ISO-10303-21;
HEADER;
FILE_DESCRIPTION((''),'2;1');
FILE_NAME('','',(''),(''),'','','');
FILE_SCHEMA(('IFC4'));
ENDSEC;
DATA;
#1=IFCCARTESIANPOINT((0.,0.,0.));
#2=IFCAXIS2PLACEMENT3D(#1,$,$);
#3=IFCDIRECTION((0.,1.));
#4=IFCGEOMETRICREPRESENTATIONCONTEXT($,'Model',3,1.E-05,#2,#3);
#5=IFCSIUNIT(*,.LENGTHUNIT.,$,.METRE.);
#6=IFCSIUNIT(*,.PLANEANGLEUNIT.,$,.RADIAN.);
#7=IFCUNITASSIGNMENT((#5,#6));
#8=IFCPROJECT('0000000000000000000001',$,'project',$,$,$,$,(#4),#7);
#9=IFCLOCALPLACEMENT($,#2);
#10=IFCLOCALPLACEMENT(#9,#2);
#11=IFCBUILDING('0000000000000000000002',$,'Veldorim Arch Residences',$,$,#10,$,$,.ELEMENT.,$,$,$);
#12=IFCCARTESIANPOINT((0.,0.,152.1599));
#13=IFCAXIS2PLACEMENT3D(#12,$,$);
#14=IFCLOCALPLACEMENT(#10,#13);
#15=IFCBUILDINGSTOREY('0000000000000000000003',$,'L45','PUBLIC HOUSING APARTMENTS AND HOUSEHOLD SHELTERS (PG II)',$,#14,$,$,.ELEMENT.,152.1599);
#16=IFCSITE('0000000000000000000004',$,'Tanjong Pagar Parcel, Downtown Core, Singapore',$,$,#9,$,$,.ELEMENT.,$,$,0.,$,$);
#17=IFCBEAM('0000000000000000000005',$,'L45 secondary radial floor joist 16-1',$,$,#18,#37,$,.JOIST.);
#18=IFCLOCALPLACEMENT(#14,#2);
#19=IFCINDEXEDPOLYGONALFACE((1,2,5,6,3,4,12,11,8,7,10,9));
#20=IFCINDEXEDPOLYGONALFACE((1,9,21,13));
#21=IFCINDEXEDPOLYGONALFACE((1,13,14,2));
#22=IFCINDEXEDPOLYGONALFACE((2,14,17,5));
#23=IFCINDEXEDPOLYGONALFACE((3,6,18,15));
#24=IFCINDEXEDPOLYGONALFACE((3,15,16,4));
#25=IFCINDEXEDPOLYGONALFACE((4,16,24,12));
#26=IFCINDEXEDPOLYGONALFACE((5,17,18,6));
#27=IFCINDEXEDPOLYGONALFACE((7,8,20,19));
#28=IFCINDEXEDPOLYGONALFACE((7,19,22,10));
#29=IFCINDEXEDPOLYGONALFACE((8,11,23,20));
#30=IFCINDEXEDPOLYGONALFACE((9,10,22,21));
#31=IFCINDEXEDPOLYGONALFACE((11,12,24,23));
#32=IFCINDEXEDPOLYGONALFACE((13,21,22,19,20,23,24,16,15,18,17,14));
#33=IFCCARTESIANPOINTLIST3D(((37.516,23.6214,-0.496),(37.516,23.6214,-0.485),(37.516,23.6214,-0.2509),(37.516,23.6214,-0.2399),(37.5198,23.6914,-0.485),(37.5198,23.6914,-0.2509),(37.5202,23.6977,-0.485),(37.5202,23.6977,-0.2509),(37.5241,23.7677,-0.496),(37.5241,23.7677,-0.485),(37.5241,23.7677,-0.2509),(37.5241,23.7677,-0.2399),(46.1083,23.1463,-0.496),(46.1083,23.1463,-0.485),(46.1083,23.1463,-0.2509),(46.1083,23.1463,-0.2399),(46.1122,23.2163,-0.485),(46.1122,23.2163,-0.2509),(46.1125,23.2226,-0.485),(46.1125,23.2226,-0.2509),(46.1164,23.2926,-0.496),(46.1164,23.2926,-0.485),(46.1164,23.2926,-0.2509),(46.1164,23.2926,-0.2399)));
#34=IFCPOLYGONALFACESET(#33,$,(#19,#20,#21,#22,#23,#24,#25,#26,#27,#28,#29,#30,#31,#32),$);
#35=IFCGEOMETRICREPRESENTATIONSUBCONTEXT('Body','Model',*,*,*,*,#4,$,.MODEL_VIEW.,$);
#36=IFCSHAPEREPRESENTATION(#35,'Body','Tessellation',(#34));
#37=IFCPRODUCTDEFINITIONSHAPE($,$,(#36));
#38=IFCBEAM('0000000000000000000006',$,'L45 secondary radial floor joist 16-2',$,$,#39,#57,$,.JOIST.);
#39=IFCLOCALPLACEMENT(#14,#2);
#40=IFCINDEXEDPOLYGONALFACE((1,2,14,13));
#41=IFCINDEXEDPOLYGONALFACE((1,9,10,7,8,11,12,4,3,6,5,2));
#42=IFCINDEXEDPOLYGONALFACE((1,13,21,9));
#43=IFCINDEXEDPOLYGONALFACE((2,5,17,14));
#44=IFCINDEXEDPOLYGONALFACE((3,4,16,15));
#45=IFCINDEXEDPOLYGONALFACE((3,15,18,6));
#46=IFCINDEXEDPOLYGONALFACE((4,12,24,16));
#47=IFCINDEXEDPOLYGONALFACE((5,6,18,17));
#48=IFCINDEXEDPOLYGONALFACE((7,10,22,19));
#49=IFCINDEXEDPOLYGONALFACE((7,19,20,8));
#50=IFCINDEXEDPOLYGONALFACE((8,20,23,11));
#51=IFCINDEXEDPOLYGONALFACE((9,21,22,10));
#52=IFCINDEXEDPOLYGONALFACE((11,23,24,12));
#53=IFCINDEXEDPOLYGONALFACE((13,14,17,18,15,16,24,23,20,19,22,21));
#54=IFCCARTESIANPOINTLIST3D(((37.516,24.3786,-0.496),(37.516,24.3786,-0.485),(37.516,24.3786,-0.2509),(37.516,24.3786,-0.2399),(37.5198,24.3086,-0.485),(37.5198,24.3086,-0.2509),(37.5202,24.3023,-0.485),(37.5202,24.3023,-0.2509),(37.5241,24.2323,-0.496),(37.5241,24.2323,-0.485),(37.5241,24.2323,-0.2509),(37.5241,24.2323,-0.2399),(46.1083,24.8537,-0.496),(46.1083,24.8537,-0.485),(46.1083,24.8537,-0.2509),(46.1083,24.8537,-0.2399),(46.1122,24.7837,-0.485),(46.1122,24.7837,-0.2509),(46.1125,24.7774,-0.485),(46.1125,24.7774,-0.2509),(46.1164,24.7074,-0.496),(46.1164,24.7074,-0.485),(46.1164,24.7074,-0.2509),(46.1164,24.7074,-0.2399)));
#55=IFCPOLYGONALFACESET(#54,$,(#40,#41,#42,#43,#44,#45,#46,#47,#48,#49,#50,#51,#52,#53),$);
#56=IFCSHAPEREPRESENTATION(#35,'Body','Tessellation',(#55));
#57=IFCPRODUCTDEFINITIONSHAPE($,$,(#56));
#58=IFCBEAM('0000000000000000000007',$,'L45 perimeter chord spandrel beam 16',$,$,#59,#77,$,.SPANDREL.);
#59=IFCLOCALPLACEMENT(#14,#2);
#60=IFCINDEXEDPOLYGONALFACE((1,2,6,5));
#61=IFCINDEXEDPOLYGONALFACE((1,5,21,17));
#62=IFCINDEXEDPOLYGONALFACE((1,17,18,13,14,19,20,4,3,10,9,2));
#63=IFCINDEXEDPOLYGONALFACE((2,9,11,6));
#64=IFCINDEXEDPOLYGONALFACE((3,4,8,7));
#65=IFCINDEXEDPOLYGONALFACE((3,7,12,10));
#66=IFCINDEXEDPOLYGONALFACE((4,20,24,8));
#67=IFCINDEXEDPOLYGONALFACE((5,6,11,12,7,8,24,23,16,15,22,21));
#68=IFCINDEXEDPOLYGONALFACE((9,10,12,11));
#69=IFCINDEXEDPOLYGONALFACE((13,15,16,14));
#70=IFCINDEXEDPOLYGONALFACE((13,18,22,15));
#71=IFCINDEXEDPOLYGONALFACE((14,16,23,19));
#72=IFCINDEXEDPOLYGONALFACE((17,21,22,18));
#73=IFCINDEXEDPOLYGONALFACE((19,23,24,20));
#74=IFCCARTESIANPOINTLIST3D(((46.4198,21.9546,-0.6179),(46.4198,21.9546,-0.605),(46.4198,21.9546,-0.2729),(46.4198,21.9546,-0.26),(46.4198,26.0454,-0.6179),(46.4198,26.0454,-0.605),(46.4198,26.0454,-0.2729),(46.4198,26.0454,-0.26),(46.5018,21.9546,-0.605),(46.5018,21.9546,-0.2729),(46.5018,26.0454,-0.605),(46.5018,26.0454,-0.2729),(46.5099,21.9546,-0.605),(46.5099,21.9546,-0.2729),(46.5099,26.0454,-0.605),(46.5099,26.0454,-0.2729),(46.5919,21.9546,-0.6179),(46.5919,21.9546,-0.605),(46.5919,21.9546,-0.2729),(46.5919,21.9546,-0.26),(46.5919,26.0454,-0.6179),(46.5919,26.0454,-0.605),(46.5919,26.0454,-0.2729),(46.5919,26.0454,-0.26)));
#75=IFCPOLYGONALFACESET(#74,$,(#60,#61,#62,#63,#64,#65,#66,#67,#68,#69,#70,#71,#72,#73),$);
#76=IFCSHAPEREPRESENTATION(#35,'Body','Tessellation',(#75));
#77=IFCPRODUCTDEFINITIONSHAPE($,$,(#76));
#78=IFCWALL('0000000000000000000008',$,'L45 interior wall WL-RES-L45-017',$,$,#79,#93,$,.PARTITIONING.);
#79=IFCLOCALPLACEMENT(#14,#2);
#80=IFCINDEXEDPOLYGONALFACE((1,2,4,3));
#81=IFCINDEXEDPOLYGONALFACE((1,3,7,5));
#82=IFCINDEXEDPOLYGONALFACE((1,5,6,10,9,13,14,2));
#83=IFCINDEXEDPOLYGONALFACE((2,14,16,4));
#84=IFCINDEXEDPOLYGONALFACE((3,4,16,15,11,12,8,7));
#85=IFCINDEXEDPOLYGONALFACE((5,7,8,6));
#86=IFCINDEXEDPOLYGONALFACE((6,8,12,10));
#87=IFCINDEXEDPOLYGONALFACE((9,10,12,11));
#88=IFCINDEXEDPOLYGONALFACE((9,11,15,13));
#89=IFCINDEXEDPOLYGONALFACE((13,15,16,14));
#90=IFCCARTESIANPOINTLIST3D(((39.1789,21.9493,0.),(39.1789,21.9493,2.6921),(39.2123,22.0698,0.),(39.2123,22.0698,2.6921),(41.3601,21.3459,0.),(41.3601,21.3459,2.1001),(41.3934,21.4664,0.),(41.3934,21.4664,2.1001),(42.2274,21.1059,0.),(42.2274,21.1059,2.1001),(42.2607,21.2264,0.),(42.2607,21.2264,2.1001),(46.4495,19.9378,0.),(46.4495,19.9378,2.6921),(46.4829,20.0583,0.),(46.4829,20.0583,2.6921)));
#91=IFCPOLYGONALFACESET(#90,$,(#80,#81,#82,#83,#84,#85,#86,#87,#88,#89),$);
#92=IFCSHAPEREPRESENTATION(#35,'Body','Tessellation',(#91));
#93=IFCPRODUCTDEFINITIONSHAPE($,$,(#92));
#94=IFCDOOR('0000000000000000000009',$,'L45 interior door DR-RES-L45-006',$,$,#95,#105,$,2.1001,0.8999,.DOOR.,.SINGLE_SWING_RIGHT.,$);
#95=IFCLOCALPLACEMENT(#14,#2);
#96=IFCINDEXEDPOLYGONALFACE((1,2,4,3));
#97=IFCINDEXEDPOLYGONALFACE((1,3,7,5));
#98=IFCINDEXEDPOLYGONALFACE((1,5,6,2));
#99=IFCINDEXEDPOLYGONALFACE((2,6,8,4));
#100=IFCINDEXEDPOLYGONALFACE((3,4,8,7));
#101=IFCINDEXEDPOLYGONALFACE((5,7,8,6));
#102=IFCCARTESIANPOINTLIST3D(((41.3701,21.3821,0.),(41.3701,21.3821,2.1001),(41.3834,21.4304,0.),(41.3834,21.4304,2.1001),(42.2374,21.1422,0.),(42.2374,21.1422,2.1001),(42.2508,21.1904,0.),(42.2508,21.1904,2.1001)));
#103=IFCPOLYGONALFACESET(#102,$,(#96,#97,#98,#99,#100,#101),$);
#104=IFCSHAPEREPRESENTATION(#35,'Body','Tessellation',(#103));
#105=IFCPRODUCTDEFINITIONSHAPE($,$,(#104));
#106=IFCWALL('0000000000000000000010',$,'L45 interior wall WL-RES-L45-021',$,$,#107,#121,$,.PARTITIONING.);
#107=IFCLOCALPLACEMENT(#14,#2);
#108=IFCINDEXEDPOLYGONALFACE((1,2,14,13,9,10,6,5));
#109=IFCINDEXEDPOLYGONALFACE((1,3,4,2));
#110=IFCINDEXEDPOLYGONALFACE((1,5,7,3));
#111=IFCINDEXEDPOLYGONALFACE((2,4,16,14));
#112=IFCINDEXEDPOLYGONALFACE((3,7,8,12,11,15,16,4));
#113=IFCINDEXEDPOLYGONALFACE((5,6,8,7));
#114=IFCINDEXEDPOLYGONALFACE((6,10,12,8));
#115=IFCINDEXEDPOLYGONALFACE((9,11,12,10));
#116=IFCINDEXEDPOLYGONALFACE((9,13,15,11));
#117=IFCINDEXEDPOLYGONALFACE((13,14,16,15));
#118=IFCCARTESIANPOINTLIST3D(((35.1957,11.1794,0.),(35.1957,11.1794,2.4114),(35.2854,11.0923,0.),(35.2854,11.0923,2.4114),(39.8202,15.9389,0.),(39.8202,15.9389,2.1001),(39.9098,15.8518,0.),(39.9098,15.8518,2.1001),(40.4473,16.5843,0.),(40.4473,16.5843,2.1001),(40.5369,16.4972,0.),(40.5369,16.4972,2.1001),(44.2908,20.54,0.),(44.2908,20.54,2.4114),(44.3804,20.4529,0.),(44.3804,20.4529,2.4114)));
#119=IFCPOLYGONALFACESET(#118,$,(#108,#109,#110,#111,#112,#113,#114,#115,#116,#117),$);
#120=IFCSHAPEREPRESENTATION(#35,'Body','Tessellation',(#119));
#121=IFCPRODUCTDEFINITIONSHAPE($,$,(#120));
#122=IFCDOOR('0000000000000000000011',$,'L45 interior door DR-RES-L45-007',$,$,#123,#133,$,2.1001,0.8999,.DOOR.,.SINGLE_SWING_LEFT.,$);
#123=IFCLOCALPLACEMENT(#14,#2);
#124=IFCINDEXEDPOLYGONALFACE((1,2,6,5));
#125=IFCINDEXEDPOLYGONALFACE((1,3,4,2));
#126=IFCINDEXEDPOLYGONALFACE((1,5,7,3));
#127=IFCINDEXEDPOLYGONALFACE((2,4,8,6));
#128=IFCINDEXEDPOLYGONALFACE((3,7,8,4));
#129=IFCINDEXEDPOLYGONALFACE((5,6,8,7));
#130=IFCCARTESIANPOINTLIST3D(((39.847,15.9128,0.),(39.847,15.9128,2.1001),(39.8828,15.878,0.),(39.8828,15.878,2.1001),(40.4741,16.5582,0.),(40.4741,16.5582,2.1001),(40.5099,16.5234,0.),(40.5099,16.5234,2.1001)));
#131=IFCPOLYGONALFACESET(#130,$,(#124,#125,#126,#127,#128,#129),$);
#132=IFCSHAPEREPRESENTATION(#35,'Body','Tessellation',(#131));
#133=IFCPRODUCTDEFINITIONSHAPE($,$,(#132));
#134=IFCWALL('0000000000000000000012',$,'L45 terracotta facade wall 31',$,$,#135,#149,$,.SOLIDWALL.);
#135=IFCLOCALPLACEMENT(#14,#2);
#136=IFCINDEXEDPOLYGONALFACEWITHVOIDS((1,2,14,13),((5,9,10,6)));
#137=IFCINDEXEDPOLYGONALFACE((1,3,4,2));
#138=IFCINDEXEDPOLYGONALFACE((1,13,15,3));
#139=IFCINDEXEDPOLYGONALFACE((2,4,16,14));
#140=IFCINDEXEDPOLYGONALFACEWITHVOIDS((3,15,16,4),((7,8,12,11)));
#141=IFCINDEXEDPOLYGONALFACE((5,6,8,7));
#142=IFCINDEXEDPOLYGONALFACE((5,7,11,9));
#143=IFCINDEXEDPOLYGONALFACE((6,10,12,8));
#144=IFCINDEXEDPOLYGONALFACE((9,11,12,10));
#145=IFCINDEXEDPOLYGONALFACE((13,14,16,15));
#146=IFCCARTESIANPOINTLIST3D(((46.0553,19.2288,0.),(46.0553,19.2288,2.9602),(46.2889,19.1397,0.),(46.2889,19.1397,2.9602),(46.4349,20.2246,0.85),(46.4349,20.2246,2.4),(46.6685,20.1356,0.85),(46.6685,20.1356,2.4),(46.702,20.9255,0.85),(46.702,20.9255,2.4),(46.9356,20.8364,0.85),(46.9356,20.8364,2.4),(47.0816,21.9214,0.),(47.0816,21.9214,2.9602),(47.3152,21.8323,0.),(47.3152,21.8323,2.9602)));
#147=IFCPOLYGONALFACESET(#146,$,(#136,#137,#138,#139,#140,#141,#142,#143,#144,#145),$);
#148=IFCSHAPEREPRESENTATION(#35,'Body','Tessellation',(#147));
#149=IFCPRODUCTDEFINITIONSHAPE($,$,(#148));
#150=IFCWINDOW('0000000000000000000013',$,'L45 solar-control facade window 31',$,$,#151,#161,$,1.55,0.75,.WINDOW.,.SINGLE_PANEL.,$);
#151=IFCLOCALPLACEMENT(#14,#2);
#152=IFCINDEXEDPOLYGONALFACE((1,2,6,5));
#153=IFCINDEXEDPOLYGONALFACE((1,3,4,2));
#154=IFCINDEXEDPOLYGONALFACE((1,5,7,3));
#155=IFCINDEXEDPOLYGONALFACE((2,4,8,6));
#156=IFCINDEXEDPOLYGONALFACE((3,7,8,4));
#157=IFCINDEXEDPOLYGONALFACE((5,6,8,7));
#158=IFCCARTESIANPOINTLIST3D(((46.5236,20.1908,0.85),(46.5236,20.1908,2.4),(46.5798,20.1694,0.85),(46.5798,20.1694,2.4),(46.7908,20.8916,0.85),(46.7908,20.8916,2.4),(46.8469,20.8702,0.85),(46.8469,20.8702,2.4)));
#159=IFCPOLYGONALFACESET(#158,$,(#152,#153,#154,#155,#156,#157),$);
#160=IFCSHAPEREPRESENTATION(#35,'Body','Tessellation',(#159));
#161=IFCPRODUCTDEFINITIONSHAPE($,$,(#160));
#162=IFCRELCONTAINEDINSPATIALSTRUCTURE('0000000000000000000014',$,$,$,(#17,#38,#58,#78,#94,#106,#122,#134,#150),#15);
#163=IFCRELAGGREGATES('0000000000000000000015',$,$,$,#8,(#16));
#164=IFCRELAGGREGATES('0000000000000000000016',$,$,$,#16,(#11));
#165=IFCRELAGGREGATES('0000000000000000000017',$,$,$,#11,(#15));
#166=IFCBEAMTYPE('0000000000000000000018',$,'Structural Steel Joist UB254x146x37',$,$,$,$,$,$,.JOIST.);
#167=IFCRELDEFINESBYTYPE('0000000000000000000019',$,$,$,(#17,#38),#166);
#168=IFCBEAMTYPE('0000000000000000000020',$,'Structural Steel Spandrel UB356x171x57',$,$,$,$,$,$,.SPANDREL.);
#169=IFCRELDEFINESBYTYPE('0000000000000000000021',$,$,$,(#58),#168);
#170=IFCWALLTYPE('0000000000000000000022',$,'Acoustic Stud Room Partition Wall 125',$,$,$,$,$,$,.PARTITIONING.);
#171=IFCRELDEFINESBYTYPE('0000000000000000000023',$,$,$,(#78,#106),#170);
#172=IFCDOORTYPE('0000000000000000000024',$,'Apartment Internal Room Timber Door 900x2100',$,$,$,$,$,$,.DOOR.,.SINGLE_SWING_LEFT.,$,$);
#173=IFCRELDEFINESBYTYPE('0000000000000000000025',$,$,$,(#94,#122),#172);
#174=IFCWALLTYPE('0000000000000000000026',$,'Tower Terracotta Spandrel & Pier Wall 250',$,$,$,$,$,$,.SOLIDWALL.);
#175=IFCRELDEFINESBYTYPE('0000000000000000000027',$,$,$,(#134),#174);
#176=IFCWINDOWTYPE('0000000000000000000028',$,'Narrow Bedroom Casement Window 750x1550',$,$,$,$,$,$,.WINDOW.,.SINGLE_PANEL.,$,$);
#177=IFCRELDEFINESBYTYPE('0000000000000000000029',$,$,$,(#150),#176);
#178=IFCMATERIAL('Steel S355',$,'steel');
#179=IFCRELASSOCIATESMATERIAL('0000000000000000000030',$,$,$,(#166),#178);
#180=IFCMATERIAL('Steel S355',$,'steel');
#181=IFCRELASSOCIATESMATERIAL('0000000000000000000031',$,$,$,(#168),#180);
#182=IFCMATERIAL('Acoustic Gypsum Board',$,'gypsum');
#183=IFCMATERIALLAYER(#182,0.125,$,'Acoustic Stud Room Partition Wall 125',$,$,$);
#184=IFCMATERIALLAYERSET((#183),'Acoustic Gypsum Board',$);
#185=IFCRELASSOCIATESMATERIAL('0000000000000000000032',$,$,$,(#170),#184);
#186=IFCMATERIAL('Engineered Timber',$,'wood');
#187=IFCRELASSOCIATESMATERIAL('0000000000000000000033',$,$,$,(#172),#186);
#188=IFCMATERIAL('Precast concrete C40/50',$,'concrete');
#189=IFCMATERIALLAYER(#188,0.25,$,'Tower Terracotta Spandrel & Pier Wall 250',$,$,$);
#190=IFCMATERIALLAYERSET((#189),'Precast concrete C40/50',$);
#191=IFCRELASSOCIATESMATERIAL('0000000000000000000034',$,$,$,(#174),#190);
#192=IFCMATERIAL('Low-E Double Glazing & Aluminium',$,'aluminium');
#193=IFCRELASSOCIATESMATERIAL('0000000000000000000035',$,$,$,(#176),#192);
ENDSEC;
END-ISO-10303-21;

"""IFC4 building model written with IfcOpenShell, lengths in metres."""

from ifc_helpers import new_model, si_unit, direction, frame, frame_2d, origin, origin_2d, place, context, subcontext, project, spatial, rectangle, i_section, extrude, material, layer, layer_set, material_profile, profile_set, type_object, element, fill, save


model = new_model("IFC4")

# Units and contexts
model_context = context("Model", 3, precision=1e-05, world=origin(), true_north=direction((0.0, 1.0)))
body_context = subcontext(model_context, "Body", "Model", "MODEL_VIEW")
ifc_project = project(units=[si_unit("LENGTHUNIT", "METRE"), si_unit("PLANEANGLEUNIT", "RADIAN")], contexts=[model_context])

# Site, building, storey
site_placement = place(None, origin())
site = spatial("IfcSite", under=ifc_project, at=site_placement, Name="Tanjong Pagar Parcel, Downtown Core, Singapore", CompositionType="ELEMENT", RefElevation=0.0)
building_placement = place(site_placement, origin())
building = spatial("IfcBuilding", under=site, at=building_placement, Name="Veldorim Arch Residences", CompositionType="ELEMENT")
storey_placement = place(building_placement, frame((0.0, 0.0, 152.1599)))
storey = spatial("IfcBuildingStorey", under=building, at=storey_placement, Name="L45", Description="PUBLIC HOUSING APARTMENTS AND HOUSEHOLD SHELTERS (PG II)", CompositionType="ELEMENT", Elevation=152.1599)

# Beams
ifc_material_1 = material(Name="Steel S355", Category="steel")
ifc_material_profile_1 = material_profile(ifc_material_1, i_section(OverallWidth=0.1465, OverallDepth=0.2561, WebThickness=0.0063, FlangeThickness=0.011, at=origin_2d()), Name="UB254x146x37")
ifc_profile_set_1 = profile_set([ifc_material_profile_1], Name="Steel S355")
beam_type_1 = type_object("IfcBeamType", Name="Structural Steel Joist UB254x146x37", PredefinedType="JOIST", material=ifc_profile_set_1)
for number, where, z_axis, x_axis, name in (
    (1, (37.52, 23.6946, -0.3679), (0.998475, -0.055209, 0.0), (0.055209, 0.998475, 0.0), "L45 secondary radial floor joist 16-1"),
    (2, (37.52, 24.3054, -0.3679), (0.998475, 0.055209, 0.0), (-0.055209, 0.998475, 0.0), "L45 secondary radial floor joist 16-2"),
):
    element("IfcBeam", number, at=place(storey_placement, frame(where, z_axis=z_axis, x_axis=x_axis)), inside=storey, type_object=beam_type_1, Name=name, PredefinedType="JOIST", context=body_context, shape_type="SweptSolid", body=[
        extrude(i_section(OverallWidth=0.1465, OverallDepth=0.2561, WebThickness=0.0063, FlangeThickness=0.011, at=origin_2d()), origin(), (0.0, 0.0, 1.0), 8.6055),
    ])
ifc_material_2 = material(Name="Steel S355", Category="steel")
ifc_material_profile_2 = material_profile(ifc_material_2, i_section(OverallWidth=0.1721, OverallDepth=0.3579, WebThickness=0.0081, FlangeThickness=0.0129, at=origin_2d()), Name="UB356x171x57")
ifc_profile_set_2 = profile_set([ifc_material_profile_2], Name="Steel S355")
beam_type_2 = type_object("IfcBeamType", Name="Structural Steel Spandrel UB356x171x57", PredefinedType="SPANDREL", material=ifc_profile_set_2)
beam_1_placement = place(storey_placement, frame((46.5059, 21.9546, -0.439), z_axis=(0.0, 1.0, 0.0), x_axis=(-1.0, 0.0, 0.0)))
element("IfcBeam", 3, at=beam_1_placement, inside=storey, type_object=beam_type_2, Name="L45 perimeter chord spandrel beam 16", PredefinedType="SPANDREL", context=body_context, shape_type="SweptSolid", body=[
    extrude(i_section(OverallWidth=0.1721, OverallDepth=0.3579, WebThickness=0.0081, FlangeThickness=0.0129, at=origin_2d()), origin(), (0.0, 0.0, 1.0), 4.0908),
])

# Walls, openings, doors
ifc_material_3 = material(Name="Acoustic Gypsum Board", Category="gypsum")
ifc_layer_1 = layer(ifc_material_3, 0.125, Name="Acoustic Stud Room Partition Wall 125")
ifc_layer_set_1 = layer_set([ifc_layer_1], Name="Acoustic Gypsum Board")
wall_type_1 = type_object("IfcWallType", Name="Acoustic Stud Room Partition Wall 125", PredefinedType="PARTITIONING", material=ifc_layer_set_1)
wall_1_placement = place(storey_placement, frame((46.4663, 19.998, 0.0), z_axis=(0.0, 0.0, 1.0), x_axis=(-0.963795, 0.266646, 0.0)))
wall_1 = element("IfcWall", 4, at=wall_1_placement, inside=storey, type_object=wall_type_1, Name="L45 interior wall WL-RES-L45-017", PredefinedType="PARTITIONING", context=body_context, shape_type="SweptSolid", body=[
    extrude(rectangle(XDim=7.5437, YDim=0.125, at=frame_2d((3.772, 0.0))), origin(), (0.0, 0.0, 1.0), 2.6921),
])
opening_1_placement = place(wall_1_placement, frame((4.3809, 0.0, 0.0)))
opening_1 = element("IfcOpeningElement", 5, at=opening_1_placement, cuts=wall_1, PredefinedType="OPENING", context=body_context, shape_type="SweptSolid", body=[
    extrude(rectangle(XDim=0.8999, YDim=2.1001, at=frame_2d((0.45, 1.05))), frame((0.0, 0.0725, 0.0), z_axis=(0.0, -1.0, 0.0), x_axis=(1.0, 0.0, 0.0)), (0.0, 0.0, 1.0), 0.145),
])
ifc_material_4 = material(Name="Engineered Timber", Category="wood")
door_type = type_object("IfcDoorType", Name="Apartment Internal Room Timber Door 900x2100", OperationType="SINGLE_SWING_LEFT", PredefinedType="DOOR", material=ifc_material_4)
door_1_placement = place(opening_1_placement, origin())
door_1 = element("IfcDoor", 6, at=door_1_placement, inside=storey, type_object=door_type, Name="L45 interior door DR-RES-L45-006", OperationType="SINGLE_SWING_RIGHT", OverallHeight=2.1001, OverallWidth=0.8999, PredefinedType="DOOR", context=body_context, shape_type="SweptSolid", body=[
    extrude(rectangle(XDim=0.8999, YDim=2.1001, at=frame_2d((0.45, 1.05))), frame((0.0, 0.0249, 0.0), z_axis=(0.0, -1.0, 0.0), x_axis=(1.0, 0.0, 0.0)), (0.0, 0.0, 1.0), 0.05),
])
fill(opening_1, door_1)
wall_2_placement = place(storey_placement, frame((44.3357, 20.4966, 0.0), z_axis=(0.0, 0.0, 1.0), x_axis=(-0.696857, -0.71721, 0.0)))
wall_2 = element("IfcWall", 7, at=wall_2_placement, inside=storey, type_object=wall_type_1, Name="L45 interior wall WL-RES-L45-021", PredefinedType="PARTITIONING", context=body_context, shape_type="SweptSolid", body=[
    extrude(rectangle(XDim=13.0515, YDim=0.125, at=frame_2d((6.5259, 0.0))), origin(), (0.0, 0.0, 1.0), 2.4114),
])
opening_2_placement = place(wall_2_placement, frame((5.5156, 0.0, 0.0)))
opening_2 = element("IfcOpeningElement", 8, at=opening_2_placement, cuts=wall_2, PredefinedType="OPENING", context=body_context, shape_type="SweptSolid", body=[
    extrude(rectangle(XDim=0.8999, YDim=2.1001, at=frame_2d((0.45, 1.05))), frame((0.0, 0.0725, 0.0), z_axis=(0.0, -1.0, 0.0), x_axis=(1.0, 0.0, 0.0)), (0.0, 0.0, 1.0), 0.145),
])
door_2_placement = place(opening_2_placement, origin())
door_2 = element("IfcDoor", 9, at=door_2_placement, inside=storey, type_object=door_type, Name="L45 interior door DR-RES-L45-007", OperationType="SINGLE_SWING_LEFT", OverallHeight=2.1001, OverallWidth=0.8999, PredefinedType="DOOR", context=body_context, shape_type="SweptSolid", body=[
    extrude(rectangle(XDim=0.8999, YDim=2.1001, at=frame_2d((0.45, 1.05))), frame((0.0, 0.0249, 0.0), z_axis=(0.0, -1.0, 0.0), x_axis=(1.0, 0.0, 0.0)), (0.0, 0.0, 1.0), 0.05),
])
fill(opening_2, door_2)

# Wall, opening, window
ifc_material_5 = material(Name="Precast concrete C40/50", Category="concrete")
ifc_layer_2 = layer(ifc_material_5, 0.25, Name="Tower Terracotta Spandrel & Pier Wall 250")
ifc_layer_set_2 = layer_set([ifc_layer_2], Name="Precast concrete C40/50")
wall_type_2 = type_object("IfcWallType", Name="Tower Terracotta Spandrel & Pier Wall 250", PredefinedType="SOLIDWALL", material=ifc_layer_set_2)
wall_3_placement = place(storey_placement, frame((47.1985, 21.877, 0.0), z_axis=(0.0, 0.0, 1.0), x_axis=(-0.356179, -0.934418, 0.0)))
wall_3 = element("IfcWall", 10, at=wall_3_placement, inside=storey, type_object=wall_type_2, Name="L45 terracotta facade wall 31", PredefinedType="SOLIDWALL", context=body_context, shape_type="SweptSolid", body=[
    extrude(rectangle(XDim=2.8816, YDim=0.25, at=frame_2d((1.4409, 0.0))), origin(), (0.0, 0.0, 1.0), 2.9602),
])
opening_3_placement = place(wall_3_placement, frame((1.0659, 0.0, 0.8501)))
opening_3 = element("IfcOpeningElement", 11, at=opening_3_placement, cuts=wall_3, PredefinedType="OPENING", context=body_context, shape_type="SweptSolid", body=[
    extrude(rectangle(XDim=0.75, YDim=1.55, at=frame_2d((0.375, 0.7749))), frame((0.0, 0.135, 0.0), z_axis=(0.0, -1.0, 0.0), x_axis=(1.0, 0.0, 0.0)), (0.0, 0.0, 1.0), 0.27),
])
ifc_material_6 = material(Name="Low-E Double Glazing & Aluminium", Category="aluminium")
window_type_1 = type_object("IfcWindowType", Name="Narrow Bedroom Casement Window 750x1550", PartitioningType="SINGLE_PANEL", PredefinedType="WINDOW", material=ifc_material_6)
window_1_placement = place(opening_3_placement, origin())
window_1 = element("IfcWindow", 12, at=window_1_placement, inside=storey, type_object=window_type_1, Name="L45 solar-control facade window 31", OverallHeight=1.55, OverallWidth=0.75, PartitioningType="SINGLE_PANEL", PredefinedType="WINDOW", context=body_context, shape_type="SweptSolid", body=[
    extrude(rectangle(XDim=0.75, YDim=1.55, at=frame_2d((0.375, 0.7749))), frame((0.0, 0.03, 0.0), z_axis=(0.0, -1.0, 0.0), x_axis=(1.0, 0.0, 0.0)), (0.0, 0.0, 1.0), 0.0601),
])
fill(opening_3, window_1)

save(model, "model.ifc")
